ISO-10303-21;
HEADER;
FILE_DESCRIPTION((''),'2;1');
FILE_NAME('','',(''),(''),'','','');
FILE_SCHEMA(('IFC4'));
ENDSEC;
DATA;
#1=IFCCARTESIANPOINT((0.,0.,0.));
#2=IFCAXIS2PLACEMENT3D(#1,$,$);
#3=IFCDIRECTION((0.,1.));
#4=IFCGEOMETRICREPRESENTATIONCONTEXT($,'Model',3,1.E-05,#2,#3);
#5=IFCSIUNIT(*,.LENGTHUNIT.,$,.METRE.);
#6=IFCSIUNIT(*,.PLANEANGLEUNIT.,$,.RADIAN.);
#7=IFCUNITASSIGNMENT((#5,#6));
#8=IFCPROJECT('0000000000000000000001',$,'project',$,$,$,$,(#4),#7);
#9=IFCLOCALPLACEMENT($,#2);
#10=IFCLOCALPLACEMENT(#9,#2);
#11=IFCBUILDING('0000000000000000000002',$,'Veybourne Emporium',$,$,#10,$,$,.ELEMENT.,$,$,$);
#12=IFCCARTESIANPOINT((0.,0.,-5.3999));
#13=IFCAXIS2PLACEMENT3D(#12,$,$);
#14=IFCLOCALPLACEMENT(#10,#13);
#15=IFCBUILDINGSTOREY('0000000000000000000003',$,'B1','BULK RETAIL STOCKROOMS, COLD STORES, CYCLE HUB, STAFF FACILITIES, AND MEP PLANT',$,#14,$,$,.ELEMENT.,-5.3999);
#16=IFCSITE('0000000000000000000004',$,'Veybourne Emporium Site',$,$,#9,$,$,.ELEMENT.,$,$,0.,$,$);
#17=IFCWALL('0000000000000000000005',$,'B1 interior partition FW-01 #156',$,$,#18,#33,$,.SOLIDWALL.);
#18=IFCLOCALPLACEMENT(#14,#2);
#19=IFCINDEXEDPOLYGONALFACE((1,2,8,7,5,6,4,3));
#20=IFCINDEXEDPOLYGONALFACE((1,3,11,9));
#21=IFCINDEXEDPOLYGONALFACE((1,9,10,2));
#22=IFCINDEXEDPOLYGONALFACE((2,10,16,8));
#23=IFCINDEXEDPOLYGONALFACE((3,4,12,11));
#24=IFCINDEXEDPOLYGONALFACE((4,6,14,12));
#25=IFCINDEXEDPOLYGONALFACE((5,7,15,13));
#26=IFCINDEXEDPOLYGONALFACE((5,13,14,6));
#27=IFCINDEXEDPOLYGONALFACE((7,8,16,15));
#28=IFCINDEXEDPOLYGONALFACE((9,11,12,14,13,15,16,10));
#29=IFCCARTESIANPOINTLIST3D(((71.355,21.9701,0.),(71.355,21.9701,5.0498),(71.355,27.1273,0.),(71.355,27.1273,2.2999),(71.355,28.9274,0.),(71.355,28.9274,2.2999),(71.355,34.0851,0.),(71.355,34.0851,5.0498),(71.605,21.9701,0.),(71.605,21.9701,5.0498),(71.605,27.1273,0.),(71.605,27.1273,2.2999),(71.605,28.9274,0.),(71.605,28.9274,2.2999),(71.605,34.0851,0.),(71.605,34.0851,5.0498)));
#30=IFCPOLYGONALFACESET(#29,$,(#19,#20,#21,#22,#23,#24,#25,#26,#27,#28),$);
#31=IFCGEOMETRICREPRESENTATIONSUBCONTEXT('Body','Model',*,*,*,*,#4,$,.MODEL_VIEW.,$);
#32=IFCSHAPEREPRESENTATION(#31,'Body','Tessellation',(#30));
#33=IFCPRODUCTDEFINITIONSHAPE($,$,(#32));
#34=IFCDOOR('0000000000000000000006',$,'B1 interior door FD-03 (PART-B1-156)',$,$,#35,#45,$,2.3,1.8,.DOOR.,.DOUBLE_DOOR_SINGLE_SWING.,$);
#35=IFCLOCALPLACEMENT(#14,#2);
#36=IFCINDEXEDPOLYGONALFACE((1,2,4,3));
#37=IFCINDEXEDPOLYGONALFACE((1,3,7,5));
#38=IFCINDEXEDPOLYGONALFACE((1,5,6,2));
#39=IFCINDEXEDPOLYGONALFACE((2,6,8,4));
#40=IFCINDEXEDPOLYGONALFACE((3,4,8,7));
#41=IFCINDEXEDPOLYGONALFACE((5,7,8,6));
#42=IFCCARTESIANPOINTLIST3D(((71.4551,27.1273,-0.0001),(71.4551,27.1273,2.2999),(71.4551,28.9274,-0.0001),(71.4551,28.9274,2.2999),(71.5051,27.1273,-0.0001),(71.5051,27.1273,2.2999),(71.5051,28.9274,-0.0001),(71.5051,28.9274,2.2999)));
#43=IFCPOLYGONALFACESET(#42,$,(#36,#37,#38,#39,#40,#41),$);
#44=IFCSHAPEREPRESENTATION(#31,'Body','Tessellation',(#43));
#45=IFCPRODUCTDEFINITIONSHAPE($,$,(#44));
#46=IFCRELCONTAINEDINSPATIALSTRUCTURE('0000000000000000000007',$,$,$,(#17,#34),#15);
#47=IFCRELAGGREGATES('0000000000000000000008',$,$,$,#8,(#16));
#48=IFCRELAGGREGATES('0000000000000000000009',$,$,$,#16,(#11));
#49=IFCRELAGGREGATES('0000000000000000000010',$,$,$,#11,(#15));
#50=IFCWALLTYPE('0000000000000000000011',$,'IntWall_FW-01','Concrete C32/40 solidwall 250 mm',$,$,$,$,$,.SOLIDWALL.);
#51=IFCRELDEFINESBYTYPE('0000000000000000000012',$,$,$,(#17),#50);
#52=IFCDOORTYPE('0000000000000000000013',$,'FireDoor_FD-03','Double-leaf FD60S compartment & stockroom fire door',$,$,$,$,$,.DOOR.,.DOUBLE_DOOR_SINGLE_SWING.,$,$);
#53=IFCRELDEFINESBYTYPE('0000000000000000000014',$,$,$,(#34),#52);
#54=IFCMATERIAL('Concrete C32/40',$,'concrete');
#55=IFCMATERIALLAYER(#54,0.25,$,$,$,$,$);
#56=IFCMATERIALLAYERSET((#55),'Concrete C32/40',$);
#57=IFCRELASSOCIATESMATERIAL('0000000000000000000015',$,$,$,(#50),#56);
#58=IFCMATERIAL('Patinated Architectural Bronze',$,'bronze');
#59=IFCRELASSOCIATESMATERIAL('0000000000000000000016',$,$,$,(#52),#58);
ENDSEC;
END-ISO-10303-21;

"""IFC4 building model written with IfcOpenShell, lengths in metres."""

from ifc_helpers import new_model, si_unit, direction, frame, frame_2d, origin, place, context, subcontext, project, spatial, rectangle, extrude, material, layer, layer_set, type_object, element, fill, save


model = new_model("IFC4")

# Units and contexts
model_context = context("Model", 3, precision=1e-05, world=origin(), true_north=direction((0.0, 1.0)))
body_context = subcontext(model_context, "Body", "Model", "MODEL_VIEW")
ifc_project = project(units=[si_unit("LENGTHUNIT", "METRE"), si_unit("PLANEANGLEUNIT", "RADIAN")], contexts=[model_context])

# Site, building, storey
site_placement = place(None, origin())
site = spatial("IfcSite", under=ifc_project, at=site_placement, Name="Veybourne Emporium Site", CompositionType="ELEMENT", RefElevation=0.0)
building_placement = place(site_placement, origin())
building = spatial("IfcBuilding", under=site, at=building_placement, Name="Veybourne Emporium", CompositionType="ELEMENT")
storey_placement = place(building_placement, frame((0.0, 0.0, -5.3999)))
storey = spatial("IfcBuildingStorey", under=building, at=storey_placement, Name="B1", Description="BULK RETAIL STOCKROOMS, COLD STORES, CYCLE HUB, STAFF FACILITIES, AND MEP PLANT", CompositionType="ELEMENT", Elevation=-5.3999)

# Shared definitions
ifc_material_1 = material(Name="Concrete C32/40", Category="concrete")

# Wall, opening, door
ifc_layer = layer(ifc_material_1, 0.25)
ifc_layer_set = layer_set([ifc_layer], Name="Concrete C32/40")
wall_type = type_object("IfcWallType", Name="IntWall_FW-01", Description="Concrete C32/40 solidwall 250 mm", PredefinedType="SOLIDWALL", material=ifc_layer_set)
wall_placement = place(storey_placement, frame((71.48, 21.97, 0.0), z_axis=(0.0, 0.0, 1.0), x_axis=(0.0, 1.0, 0.0)))
wall = element("IfcWall", 1, at=wall_placement, inside=storey, type_object=wall_type, Name="B1 interior partition FW-01 #156", PredefinedType="SOLIDWALL", context=body_context, shape_type="SweptSolid", body=[
    extrude(rectangle(XDim=12.115, YDim=0.25, at=frame_2d((6.0576, 0.0))), origin(), (0.0, 0.0, 1.0), 5.0498),
])
opening_placement = place(wall_placement, frame((5.1575, 0.0, 0.0)))
opening = element("IfcOpeningElement", 2, at=opening_placement, cuts=wall, PredefinedType="OPENING", context=body_context, shape_type="SweptSolid", body=[
    extrude(rectangle(XDim=1.8, YDim=2.3, at=frame_2d((0.8999, 1.1499))), frame((0.0, 0.145, 0.0), z_axis=(0.0, -1.0, 0.0), x_axis=(1.0, 0.0, 0.0)), (0.0, 0.0, 1.0), 0.29),
])
ifc_material_2 = material(Name="Patinated Architectural Bronze", Category="bronze")
door_type = type_object("IfcDoorType", Name="FireDoor_FD-03", Description="Double-leaf FD60S compartment & stockroom fire door", OperationType="DOUBLE_DOOR_SINGLE_SWING", PredefinedType="DOOR", material=ifc_material_2)
door_placement = place(opening_placement, origin())
door = element("IfcDoor", 3, at=door_placement, inside=storey, type_object=door_type, Name="B1 interior door FD-03 (PART-B1-156)", OperationType="DOUBLE_DOOR_SINGLE_SWING", OverallHeight=2.3, OverallWidth=1.8, PredefinedType="DOOR", context=body_context, shape_type="SweptSolid", body=[
    extrude(rectangle(XDim=1.8, YDim=2.3, at=frame_2d((0.8999, 1.1499))), frame((0.0, 0.0249, 0.0), z_axis=(0.0, -1.0, 0.0), x_axis=(1.0, 0.0, 0.0)), (0.0, 0.0, 1.0), 0.05),
])
fill(opening, door)

save(model, "model.ifc")
